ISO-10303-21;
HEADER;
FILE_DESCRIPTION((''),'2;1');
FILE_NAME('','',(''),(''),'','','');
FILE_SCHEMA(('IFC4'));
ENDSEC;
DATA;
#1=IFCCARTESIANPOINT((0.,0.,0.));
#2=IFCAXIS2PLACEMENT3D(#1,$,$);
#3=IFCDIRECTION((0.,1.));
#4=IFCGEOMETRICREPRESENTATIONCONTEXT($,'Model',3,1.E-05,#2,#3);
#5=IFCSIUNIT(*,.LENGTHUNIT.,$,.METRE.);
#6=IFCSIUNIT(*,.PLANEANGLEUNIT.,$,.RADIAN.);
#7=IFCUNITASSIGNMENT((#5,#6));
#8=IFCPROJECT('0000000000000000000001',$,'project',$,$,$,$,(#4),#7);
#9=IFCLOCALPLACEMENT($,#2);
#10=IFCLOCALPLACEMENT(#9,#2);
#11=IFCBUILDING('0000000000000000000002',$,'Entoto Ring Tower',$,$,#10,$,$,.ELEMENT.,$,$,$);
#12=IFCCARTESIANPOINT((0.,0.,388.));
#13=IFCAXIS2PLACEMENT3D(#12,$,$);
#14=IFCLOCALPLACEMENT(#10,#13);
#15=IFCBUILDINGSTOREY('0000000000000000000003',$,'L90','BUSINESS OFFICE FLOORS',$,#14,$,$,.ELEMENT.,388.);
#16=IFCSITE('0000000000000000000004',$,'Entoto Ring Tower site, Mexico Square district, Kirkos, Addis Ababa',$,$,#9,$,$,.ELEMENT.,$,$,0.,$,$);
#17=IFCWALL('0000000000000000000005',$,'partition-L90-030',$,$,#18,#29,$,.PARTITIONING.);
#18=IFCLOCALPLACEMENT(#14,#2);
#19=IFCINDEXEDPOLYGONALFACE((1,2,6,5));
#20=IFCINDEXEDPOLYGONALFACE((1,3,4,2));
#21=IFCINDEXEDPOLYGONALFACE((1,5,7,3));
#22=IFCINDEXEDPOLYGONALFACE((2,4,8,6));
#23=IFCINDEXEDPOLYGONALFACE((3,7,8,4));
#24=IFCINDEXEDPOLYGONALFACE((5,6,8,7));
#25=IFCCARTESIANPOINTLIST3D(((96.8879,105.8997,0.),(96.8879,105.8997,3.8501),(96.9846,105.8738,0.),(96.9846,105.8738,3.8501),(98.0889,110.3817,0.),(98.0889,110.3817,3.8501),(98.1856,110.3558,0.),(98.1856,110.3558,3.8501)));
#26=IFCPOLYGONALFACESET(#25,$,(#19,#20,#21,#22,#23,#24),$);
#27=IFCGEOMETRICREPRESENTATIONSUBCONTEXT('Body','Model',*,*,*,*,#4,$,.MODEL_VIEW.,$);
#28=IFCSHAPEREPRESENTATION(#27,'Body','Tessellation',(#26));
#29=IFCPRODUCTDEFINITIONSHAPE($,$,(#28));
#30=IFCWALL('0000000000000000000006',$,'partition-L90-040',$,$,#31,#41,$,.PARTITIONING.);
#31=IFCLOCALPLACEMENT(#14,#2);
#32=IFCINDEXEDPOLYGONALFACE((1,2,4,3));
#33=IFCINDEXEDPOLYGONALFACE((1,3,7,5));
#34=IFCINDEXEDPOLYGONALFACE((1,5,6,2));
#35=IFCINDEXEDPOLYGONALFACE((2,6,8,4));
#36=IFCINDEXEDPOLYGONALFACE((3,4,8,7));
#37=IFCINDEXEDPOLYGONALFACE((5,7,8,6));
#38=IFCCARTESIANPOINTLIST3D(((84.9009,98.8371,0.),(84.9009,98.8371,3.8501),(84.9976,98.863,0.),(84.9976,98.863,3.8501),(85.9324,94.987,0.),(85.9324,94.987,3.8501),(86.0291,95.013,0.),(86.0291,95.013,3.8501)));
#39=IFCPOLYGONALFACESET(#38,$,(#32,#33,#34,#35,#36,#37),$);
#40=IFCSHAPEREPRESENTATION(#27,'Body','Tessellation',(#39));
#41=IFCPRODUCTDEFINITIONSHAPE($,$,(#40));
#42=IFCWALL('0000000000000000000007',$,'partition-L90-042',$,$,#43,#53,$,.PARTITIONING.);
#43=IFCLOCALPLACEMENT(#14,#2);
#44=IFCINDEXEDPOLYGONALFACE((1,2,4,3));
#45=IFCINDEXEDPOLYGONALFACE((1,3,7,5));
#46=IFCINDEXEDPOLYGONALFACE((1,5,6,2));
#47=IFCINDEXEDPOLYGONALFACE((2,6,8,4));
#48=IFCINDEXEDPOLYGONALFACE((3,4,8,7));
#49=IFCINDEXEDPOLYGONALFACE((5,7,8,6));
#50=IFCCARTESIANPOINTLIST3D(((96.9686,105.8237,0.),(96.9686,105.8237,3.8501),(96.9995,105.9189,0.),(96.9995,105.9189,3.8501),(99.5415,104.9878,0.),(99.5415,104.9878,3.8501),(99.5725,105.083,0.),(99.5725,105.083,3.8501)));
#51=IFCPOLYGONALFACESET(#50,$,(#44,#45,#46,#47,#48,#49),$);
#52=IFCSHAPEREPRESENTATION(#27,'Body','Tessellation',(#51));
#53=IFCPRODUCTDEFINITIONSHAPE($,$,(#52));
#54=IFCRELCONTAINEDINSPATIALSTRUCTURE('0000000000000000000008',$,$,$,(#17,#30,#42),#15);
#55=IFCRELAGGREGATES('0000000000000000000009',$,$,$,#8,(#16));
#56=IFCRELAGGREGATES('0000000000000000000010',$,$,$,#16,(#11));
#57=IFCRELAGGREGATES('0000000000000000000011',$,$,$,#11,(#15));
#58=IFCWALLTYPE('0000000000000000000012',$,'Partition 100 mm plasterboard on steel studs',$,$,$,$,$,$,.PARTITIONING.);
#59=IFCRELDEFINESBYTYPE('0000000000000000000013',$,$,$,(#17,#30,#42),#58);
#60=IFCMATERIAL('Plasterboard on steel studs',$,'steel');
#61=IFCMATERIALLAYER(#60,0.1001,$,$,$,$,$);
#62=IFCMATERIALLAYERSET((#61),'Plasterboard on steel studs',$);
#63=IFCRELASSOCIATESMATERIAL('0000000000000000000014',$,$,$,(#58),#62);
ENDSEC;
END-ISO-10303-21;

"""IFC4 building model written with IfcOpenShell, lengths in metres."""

from ifc_helpers import new_model, si_unit, direction, frame, frame_2d, origin, place, context, subcontext, project, spatial, rectangle, extrude, material, layer, layer_set, type_object, element, save


model = new_model("IFC4")

# Units and contexts
model_context = context("Model", 3, precision=1e-05, world=origin(), true_north=direction((0.0, 1.0)))
body_context = subcontext(model_context, "Body", "Model", "MODEL_VIEW")
ifc_project = project(units=[si_unit("LENGTHUNIT", "METRE"), si_unit("PLANEANGLEUNIT", "RADIAN")], contexts=[model_context])

# Site, building, storey
site_placement = place(None, origin())
site = spatial("IfcSite", under=ifc_project, at=site_placement, Name="Entoto Ring Tower site, Mexico Square district, Kirkos, Addis Ababa", CompositionType="ELEMENT", RefElevation=0.0)
building_placement = place(site_placement, origin())
building = spatial("IfcBuilding", under=site, at=building_placement, Name="Entoto Ring Tower", CompositionType="ELEMENT")
storey_placement = place(building_placement, frame((0.0, 0.0, 388.0)))
storey = spatial("IfcBuildingStorey", under=building, at=storey_placement, Name="L90", Description="BUSINESS OFFICE FLOORS", CompositionType="ELEMENT", Elevation=388.0)

# Walls
ifc_material_1 = material(Name="Plasterboard on steel studs", Category="steel")
ifc_layer_1 = layer(ifc_material_1, 0.1001)
ifc_layer_set_1 = layer_set([ifc_layer_1], Name="Plasterboard on steel studs")
wall_type_1 = type_object("IfcWallType", Name="Partition 100 mm plasterboard on steel studs", PredefinedType="PARTITIONING", material=ifc_layer_set_1)
wall_1_placement = place(storey_placement, frame((96.9363, 105.8867, 0.0), z_axis=(0.0, 0.0, 1.0), x_axis=(0.258818, 0.965926, 0.0)))
element("IfcWall", 1, at=wall_1_placement, inside=storey, type_object=wall_type_1, Name="partition-L90-030", PredefinedType="PARTITIONING", context=body_context, shape_type="SweptSolid", body=[
    extrude(rectangle(XDim=4.6401, YDim=0.1001, at=frame_2d((2.3201, 0.0))), origin(), (0.0, 0.0, 1.0), 3.8501),
])
wall_2_placement = place(storey_placement, frame((85.9807, 95.0, 0.0), z_axis=(0.0, 0.0, 1.0), x_axis=(-0.258787, 0.965934, 0.0)))
element("IfcWall", 2, at=wall_2_placement, inside=storey, type_object=wall_type_1, Name="partition-L90-040", PredefinedType="PARTITIONING", context=body_context, shape_type="SweptSolid", body=[
    extrude(rectangle(XDim=3.9858, YDim=0.1001, at=frame_2d((1.9929, 0.0))), origin(), (0.0, 0.0, 1.0), 3.8501),
])
wall_3_placement = place(storey_placement, frame((99.5569, 105.0354, 0.0), z_axis=(0.0, 0.0, 1.0), x_axis=(-0.951065, 0.30899, 0.0)))
element("IfcWall", 3, at=wall_3_placement, inside=storey, type_object=wall_type_1, Name="partition-L90-042", PredefinedType="PARTITIONING", context=body_context, shape_type="SweptSolid", body=[
    extrude(rectangle(XDim=2.7053, YDim=0.1001, at=frame_2d((1.3525, 0.0))), origin(), (0.0, 0.0, 1.0), 3.8501),
])

save(model, "model.ifc")
